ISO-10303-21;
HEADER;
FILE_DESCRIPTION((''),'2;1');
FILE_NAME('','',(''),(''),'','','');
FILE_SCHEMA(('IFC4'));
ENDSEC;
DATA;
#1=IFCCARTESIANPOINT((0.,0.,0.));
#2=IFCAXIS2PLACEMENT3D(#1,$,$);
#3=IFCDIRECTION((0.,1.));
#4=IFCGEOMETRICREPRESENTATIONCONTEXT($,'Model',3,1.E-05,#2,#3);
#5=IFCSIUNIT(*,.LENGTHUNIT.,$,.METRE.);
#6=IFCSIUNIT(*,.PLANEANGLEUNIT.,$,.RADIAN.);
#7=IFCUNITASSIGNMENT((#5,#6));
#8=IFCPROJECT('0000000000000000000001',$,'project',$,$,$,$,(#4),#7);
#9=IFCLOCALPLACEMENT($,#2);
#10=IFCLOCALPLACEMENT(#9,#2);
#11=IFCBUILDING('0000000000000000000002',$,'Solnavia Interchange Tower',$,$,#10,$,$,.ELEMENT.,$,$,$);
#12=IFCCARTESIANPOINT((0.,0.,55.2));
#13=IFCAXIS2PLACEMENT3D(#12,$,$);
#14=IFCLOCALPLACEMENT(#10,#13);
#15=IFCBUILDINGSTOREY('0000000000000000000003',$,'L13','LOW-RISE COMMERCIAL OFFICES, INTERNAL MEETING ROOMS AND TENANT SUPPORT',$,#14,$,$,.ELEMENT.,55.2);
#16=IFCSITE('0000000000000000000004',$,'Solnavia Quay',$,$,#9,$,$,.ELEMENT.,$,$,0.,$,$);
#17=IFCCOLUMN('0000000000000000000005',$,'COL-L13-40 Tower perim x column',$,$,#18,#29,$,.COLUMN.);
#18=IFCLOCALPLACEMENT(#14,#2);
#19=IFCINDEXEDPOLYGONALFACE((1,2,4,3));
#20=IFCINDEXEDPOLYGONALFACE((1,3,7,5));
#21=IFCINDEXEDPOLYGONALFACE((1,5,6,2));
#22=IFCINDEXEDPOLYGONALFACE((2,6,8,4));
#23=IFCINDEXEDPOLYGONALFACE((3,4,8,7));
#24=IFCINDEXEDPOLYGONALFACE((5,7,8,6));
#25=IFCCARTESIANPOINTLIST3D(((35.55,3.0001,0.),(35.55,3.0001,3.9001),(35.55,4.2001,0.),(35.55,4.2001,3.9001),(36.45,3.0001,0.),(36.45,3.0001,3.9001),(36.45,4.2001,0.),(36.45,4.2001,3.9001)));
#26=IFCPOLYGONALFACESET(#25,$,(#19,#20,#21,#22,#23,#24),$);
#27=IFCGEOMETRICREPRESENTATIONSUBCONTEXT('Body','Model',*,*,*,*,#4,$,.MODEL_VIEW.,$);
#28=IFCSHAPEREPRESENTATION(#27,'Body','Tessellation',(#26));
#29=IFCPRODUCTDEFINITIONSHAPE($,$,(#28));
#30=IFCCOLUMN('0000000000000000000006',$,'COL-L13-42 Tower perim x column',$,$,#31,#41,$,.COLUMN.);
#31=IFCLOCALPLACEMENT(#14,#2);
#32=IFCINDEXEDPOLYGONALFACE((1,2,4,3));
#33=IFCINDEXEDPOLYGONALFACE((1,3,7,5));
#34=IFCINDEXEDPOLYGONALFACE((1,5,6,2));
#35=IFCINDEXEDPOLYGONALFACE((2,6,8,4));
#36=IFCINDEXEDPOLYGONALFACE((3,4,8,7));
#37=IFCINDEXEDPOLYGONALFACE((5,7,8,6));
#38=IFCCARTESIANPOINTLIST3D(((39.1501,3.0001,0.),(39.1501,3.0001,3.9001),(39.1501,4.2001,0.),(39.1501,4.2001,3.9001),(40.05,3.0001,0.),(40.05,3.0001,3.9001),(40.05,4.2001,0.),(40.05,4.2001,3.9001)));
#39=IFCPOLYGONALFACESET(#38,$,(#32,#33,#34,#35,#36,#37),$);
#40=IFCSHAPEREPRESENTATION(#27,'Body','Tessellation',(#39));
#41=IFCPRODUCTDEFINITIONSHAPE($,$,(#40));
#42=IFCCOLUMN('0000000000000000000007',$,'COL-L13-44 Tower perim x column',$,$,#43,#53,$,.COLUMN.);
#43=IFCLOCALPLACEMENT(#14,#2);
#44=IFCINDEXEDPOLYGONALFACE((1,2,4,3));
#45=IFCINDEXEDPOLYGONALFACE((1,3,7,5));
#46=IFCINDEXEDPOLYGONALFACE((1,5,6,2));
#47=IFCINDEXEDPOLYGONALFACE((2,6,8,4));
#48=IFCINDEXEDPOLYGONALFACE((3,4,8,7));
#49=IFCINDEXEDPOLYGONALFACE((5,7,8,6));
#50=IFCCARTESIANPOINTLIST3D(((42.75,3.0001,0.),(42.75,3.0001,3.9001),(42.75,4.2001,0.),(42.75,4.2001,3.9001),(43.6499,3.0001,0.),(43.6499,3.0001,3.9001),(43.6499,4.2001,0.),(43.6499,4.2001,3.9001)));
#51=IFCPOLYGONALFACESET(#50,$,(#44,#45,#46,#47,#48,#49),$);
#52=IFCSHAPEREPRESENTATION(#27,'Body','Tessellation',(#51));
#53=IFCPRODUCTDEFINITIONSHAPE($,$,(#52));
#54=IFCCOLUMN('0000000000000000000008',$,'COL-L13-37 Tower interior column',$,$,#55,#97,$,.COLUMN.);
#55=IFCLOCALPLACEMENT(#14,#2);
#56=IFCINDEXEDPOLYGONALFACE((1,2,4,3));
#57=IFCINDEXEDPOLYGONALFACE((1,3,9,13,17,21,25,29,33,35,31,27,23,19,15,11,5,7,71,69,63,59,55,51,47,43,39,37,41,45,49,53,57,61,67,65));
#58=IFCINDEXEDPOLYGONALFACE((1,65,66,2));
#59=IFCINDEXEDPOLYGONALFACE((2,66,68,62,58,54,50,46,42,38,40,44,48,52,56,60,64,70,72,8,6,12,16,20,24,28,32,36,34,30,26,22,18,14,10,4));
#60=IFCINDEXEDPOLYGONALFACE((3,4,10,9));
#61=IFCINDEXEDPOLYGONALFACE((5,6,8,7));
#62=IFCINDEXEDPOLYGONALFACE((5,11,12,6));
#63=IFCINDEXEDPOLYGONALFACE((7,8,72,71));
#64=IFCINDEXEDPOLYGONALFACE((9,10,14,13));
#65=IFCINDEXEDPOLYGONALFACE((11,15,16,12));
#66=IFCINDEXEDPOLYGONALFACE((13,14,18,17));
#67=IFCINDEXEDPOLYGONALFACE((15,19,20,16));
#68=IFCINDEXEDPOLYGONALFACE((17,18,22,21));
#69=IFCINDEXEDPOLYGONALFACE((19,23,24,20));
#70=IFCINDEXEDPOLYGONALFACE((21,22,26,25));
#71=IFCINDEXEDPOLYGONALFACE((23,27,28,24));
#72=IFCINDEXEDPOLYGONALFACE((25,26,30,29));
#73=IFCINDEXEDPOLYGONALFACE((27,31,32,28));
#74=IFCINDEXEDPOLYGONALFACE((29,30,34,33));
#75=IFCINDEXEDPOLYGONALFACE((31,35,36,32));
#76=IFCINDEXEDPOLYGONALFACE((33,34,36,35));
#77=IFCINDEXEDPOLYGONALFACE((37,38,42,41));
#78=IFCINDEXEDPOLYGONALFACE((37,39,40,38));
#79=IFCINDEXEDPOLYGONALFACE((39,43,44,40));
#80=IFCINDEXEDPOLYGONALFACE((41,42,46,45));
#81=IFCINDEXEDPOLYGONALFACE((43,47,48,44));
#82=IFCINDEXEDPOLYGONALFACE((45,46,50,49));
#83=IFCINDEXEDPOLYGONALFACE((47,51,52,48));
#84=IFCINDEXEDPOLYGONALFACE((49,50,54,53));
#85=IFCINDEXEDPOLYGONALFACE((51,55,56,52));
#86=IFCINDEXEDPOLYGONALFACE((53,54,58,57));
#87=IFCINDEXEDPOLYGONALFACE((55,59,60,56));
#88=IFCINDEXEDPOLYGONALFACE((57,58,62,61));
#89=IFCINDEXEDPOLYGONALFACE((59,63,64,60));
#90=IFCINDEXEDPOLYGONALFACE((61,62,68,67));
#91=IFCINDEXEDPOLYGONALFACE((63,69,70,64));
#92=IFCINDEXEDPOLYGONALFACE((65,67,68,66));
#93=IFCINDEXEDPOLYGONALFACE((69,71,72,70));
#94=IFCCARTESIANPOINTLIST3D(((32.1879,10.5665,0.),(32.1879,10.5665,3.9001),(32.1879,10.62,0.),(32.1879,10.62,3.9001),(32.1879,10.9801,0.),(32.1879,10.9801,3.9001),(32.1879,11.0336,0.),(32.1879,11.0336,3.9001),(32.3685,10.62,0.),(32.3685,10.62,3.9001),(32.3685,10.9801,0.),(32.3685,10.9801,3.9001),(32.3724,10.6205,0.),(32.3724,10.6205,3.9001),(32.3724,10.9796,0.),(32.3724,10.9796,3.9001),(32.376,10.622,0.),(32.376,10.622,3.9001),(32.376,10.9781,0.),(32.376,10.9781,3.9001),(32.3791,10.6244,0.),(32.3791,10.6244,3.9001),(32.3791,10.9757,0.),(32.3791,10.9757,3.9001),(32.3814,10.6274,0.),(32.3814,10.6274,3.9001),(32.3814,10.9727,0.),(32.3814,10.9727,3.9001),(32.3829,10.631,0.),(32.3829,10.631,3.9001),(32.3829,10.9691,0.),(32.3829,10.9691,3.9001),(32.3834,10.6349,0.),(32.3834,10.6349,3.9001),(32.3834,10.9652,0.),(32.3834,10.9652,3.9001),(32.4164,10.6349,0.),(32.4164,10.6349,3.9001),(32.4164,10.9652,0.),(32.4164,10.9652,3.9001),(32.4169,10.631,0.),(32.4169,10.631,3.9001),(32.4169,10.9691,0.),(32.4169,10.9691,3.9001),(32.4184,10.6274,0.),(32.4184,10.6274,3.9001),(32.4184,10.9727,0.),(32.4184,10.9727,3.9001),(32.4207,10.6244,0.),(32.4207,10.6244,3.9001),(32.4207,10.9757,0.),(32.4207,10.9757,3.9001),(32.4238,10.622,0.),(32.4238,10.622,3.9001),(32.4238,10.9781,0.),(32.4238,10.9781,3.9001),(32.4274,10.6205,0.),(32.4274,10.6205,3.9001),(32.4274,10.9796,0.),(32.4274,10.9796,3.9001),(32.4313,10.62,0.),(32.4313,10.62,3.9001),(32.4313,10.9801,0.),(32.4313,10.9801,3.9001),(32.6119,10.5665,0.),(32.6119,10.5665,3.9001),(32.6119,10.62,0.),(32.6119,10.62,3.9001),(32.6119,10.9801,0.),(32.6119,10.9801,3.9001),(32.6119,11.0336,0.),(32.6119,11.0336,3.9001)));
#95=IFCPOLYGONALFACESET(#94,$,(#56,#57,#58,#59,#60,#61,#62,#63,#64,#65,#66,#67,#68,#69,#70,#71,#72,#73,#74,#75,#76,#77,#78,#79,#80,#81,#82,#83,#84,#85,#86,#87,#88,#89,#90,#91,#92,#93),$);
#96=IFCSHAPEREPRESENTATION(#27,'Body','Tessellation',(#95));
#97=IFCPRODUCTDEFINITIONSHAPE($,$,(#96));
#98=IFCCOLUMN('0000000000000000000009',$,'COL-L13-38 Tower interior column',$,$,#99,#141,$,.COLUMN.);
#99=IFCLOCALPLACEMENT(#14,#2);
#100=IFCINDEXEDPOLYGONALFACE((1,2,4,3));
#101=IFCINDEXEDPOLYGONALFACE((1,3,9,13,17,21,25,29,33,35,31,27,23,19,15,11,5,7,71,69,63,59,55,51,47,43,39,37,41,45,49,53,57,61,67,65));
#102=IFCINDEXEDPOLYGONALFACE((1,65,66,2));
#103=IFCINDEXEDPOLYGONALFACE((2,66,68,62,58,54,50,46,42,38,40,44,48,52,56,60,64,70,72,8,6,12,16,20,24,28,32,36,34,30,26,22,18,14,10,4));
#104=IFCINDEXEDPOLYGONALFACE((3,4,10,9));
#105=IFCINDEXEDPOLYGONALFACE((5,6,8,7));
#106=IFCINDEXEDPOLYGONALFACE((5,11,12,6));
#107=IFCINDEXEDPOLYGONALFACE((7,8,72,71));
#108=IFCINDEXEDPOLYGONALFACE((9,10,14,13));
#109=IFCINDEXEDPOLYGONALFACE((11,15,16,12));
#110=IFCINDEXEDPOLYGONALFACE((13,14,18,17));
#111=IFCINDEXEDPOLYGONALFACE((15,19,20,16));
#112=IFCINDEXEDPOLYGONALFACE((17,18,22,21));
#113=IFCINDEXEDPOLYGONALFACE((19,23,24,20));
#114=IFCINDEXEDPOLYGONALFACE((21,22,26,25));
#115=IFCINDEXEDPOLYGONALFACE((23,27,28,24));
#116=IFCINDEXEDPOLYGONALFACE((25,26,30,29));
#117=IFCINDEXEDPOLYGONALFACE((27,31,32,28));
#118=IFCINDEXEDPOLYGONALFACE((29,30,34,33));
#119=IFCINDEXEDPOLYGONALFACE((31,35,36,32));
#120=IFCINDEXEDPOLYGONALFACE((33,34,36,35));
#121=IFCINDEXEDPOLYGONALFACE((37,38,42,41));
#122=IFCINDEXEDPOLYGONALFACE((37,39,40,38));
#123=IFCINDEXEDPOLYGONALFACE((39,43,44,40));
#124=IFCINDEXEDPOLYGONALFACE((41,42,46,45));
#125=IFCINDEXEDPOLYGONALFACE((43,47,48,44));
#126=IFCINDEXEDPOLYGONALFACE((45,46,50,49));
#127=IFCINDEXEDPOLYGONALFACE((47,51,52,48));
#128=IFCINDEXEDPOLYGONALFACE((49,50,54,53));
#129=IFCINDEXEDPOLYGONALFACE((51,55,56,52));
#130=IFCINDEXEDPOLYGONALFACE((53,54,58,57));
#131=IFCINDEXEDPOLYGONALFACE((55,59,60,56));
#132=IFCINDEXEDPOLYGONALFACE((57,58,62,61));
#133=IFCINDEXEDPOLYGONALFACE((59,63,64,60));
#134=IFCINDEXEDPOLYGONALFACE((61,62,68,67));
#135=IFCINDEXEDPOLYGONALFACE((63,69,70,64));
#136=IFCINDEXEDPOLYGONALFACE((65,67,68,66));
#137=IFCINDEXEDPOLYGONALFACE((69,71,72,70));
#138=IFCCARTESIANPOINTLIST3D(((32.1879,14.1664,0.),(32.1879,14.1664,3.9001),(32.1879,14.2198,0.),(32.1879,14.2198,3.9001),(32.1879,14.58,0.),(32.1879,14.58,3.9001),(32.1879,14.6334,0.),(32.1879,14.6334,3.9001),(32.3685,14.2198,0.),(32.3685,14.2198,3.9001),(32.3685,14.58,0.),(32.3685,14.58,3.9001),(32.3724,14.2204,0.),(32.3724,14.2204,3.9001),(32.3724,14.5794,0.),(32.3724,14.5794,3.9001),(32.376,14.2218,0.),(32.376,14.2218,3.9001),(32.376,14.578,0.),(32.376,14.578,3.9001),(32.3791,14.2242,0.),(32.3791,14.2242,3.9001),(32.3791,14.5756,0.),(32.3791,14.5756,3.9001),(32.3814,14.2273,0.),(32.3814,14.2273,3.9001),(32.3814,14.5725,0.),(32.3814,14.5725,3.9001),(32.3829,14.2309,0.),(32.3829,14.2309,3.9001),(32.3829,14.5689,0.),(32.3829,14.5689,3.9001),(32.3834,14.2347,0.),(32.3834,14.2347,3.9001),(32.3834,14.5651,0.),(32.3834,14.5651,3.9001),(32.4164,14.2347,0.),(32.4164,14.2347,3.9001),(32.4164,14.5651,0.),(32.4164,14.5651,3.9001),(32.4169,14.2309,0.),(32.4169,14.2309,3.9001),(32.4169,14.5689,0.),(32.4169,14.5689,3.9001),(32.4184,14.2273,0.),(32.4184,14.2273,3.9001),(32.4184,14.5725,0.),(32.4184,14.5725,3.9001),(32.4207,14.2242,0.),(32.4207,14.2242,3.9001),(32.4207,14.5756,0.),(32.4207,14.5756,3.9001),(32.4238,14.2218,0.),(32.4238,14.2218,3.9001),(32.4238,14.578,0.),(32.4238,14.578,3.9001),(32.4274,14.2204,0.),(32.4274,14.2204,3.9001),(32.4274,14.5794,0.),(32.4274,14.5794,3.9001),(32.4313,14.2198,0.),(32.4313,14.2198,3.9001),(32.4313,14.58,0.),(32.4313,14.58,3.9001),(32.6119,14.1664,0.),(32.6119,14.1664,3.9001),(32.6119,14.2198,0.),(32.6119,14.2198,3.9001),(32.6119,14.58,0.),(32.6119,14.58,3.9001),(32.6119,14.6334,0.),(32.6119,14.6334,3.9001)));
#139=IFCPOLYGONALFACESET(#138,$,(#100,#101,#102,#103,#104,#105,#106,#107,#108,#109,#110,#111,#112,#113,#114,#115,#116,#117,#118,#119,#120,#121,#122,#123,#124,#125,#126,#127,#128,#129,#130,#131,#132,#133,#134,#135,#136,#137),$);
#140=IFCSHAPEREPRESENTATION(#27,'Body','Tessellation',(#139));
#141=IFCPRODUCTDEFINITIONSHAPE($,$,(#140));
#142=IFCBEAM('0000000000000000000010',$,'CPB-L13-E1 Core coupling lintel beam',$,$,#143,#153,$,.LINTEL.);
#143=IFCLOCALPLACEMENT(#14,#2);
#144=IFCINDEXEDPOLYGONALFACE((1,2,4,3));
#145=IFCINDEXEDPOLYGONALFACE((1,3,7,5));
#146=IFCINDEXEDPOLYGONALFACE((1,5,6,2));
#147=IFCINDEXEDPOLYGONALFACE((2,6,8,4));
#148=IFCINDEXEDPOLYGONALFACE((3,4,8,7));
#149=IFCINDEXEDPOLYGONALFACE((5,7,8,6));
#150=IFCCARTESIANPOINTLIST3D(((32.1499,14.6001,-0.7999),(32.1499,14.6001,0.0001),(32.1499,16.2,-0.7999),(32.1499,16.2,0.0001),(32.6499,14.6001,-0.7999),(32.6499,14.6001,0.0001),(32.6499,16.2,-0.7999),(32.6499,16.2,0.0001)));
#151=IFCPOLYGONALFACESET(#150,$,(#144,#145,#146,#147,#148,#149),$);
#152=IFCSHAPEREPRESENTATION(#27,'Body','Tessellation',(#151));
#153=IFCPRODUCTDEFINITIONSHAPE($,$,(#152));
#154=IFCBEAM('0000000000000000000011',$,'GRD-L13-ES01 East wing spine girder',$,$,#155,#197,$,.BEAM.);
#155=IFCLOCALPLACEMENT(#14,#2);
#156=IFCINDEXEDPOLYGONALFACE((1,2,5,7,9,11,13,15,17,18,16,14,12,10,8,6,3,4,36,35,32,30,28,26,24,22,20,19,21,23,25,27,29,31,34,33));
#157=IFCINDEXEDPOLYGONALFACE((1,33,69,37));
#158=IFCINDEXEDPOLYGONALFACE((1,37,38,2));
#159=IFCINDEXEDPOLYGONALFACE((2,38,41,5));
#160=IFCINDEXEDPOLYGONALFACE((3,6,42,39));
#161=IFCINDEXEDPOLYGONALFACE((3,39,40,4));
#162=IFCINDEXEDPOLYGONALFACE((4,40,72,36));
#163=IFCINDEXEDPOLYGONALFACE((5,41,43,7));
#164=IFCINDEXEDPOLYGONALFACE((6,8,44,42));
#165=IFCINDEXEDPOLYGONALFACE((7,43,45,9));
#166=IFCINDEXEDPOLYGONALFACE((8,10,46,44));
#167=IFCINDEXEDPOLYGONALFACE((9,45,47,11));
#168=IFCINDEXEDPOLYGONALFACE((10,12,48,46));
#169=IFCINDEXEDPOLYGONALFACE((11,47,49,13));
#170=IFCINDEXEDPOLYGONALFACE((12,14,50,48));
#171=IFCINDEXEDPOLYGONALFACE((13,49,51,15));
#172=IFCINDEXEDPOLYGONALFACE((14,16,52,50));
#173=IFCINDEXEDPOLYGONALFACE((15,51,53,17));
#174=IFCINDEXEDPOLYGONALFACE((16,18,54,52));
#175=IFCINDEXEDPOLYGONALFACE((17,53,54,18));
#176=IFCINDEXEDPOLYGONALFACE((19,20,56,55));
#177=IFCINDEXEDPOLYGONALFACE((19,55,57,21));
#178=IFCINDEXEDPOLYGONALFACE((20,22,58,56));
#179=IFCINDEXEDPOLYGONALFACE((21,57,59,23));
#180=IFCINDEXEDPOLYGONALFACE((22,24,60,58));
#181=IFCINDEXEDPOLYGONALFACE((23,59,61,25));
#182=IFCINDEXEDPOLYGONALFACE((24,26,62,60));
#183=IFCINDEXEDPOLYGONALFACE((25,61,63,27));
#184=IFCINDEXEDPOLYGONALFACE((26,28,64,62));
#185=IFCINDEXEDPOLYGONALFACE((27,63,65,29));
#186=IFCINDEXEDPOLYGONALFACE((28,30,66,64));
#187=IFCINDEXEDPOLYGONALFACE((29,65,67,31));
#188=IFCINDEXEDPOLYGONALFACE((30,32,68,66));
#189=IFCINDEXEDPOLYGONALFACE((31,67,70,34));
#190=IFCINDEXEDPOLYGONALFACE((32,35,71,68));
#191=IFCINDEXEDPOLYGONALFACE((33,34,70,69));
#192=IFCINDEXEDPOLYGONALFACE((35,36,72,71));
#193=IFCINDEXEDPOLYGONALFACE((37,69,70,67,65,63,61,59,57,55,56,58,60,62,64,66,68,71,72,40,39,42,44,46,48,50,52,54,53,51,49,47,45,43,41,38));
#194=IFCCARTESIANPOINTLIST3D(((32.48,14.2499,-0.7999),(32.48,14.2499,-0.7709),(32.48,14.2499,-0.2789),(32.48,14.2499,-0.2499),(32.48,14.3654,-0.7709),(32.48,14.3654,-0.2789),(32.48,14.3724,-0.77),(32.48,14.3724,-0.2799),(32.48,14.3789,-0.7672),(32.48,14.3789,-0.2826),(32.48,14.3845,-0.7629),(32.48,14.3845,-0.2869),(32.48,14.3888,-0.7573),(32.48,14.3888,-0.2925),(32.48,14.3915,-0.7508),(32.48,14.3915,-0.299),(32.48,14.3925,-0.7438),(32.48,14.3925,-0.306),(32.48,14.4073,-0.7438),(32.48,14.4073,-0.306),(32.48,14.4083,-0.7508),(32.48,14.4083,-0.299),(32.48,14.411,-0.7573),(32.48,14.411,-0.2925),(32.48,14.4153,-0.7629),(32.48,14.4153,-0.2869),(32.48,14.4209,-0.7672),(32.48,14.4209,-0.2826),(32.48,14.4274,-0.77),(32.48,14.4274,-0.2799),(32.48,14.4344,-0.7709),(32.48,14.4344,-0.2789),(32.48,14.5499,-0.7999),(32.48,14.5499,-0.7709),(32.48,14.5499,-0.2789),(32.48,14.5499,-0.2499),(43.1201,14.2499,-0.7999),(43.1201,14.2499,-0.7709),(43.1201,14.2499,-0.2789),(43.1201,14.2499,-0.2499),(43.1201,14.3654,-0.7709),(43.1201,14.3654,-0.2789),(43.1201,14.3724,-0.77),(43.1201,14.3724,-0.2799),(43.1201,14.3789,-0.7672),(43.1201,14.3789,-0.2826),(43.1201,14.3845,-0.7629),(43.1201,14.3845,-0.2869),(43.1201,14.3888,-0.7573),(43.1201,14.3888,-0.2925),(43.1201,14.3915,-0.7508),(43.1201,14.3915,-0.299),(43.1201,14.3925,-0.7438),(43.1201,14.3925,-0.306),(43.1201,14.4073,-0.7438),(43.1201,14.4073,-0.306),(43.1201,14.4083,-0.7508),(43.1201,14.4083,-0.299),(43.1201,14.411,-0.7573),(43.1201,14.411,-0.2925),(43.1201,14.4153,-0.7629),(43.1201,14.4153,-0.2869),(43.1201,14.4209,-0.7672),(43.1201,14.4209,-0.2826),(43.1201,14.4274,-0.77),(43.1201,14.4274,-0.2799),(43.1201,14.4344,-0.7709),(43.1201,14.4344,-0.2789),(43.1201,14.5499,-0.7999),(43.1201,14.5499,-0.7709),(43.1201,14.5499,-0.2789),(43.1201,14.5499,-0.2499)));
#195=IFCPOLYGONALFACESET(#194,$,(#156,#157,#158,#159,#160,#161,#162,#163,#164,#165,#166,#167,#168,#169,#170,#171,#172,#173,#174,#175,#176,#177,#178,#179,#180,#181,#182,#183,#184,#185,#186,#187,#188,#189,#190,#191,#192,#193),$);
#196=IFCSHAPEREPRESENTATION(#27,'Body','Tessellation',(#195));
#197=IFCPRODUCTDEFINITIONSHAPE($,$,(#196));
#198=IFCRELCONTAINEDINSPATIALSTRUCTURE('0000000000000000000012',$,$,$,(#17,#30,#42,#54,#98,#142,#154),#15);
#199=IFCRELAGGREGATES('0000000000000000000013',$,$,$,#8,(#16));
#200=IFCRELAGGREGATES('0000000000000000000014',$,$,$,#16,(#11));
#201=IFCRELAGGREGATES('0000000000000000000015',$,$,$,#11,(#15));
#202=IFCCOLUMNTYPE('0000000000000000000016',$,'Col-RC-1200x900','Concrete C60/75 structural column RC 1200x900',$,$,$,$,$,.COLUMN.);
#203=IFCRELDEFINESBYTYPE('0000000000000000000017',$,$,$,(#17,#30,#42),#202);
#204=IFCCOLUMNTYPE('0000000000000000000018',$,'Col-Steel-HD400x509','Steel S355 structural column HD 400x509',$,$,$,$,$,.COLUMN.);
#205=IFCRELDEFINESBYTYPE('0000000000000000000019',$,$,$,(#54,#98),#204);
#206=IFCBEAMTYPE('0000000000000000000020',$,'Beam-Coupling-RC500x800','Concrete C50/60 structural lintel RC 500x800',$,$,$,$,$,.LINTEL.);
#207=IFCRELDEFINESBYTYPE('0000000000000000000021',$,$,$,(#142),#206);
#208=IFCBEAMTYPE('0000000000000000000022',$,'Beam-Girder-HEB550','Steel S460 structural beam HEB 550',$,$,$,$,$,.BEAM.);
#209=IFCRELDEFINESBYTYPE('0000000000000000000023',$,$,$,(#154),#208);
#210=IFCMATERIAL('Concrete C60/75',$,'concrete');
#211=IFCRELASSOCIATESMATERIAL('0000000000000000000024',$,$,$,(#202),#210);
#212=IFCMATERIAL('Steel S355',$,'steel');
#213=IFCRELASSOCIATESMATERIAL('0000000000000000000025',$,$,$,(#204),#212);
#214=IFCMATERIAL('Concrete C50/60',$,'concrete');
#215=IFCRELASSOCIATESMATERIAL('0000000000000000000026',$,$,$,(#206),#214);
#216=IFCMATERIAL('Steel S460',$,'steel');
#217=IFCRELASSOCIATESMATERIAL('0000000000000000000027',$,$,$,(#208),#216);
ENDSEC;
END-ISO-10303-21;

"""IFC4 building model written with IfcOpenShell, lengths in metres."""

from ifc_helpers import new_model, si_unit, direction, frame, origin, origin_2d, place, context, subcontext, project, spatial, rectangle, i_section, extrude, material, material_profile, profile_set, type_object, element, save


model = new_model("IFC4")

# Units and contexts
model_context = context("Model", 3, precision=1e-05, world=origin(), true_north=direction((0.0, 1.0)))
body_context = subcontext(model_context, "Body", "Model", "MODEL_VIEW")
ifc_project = project(units=[si_unit("LENGTHUNIT", "METRE"), si_unit("PLANEANGLEUNIT", "RADIAN")], contexts=[model_context])

# Site, building, storey
site_placement = place(None, origin())
site = spatial("IfcSite", under=ifc_project, at=site_placement, Name="Solnavia Quay", CompositionType="ELEMENT", RefElevation=0.0)
building_placement = place(site_placement, origin())
building = spatial("IfcBuilding", under=site, at=building_placement, Name="Solnavia Interchange Tower", CompositionType="ELEMENT")
storey_placement = place(building_placement, frame((0.0, 0.0, 55.2)))
storey = spatial("IfcBuildingStorey", under=building, at=storey_placement, Name="L13", Description="LOW-RISE COMMERCIAL OFFICES, INTERNAL MEETING ROOMS AND TENANT SUPPORT", CompositionType="ELEMENT", Elevation=55.2)

# Columns
ifc_material_1 = material(Name="Concrete C60/75", Category="concrete")
ifc_material_profile_1 = material_profile(ifc_material_1, rectangle(XDim=0.8999, YDim=1.2, at=origin_2d()), Name="RC 1200x900")
ifc_profile_set_1 = profile_set([ifc_material_profile_1], Name="Concrete C60/75")
column_type_1 = type_object("IfcColumnType", Name="Col-RC-1200x900", Description="Concrete C60/75 structural column RC 1200x900", PredefinedType="COLUMN", material=ifc_profile_set_1)
for number, where, z_axis, x_axis, name in (
    (1, (36.0, 3.6001, 0.0), (0.0, 0.0, 1.0), (1.0, 0.0, 0.0), "COL-L13-40 Tower perim x column"),
    (2, (39.6001, 3.6001, 0.0), (0.0, 0.0, 1.0), (1.0, 0.0, 0.0), "COL-L13-42 Tower perim x column"),
    (3, (43.2, 3.6001, 0.0), (0.0, 0.0, 1.0), (1.0, 0.0, 0.0), "COL-L13-44 Tower perim x column"),
):
    element("IfcColumn", number, at=place(storey_placement, frame(where, z_axis=z_axis, x_axis=x_axis)), inside=storey, type_object=column_type_1, Name=name, PredefinedType="COLUMN", context=body_context, shape_type="SweptSolid", body=[
        extrude(rectangle(XDim=0.8999, YDim=1.2, at=origin_2d()), origin(), (0.0, 0.0, 1.0), 3.9001),
    ])
ifc_material_2 = material(Name="Steel S355", Category="steel")
ifc_material_profile_2 = material_profile(ifc_material_2, i_section(OverallWidth=0.4241, OverallDepth=0.467, WebThickness=0.033, FlangeThickness=0.0535, FilletRadius=0.0149, at=origin_2d()), Name="HD 400x509")
ifc_profile_set_2 = profile_set([ifc_material_profile_2], Name="Steel S355")
column_type_2 = type_object("IfcColumnType", Name="Col-Steel-HD400x509", Description="Steel S355 structural column HD 400x509", PredefinedType="COLUMN", material=ifc_profile_set_2)
for number, where, z_axis, x_axis, name in (
    (4, (32.3999, 10.8, 0.0), (0.0, 0.0, 1.0), (1.0, 0.0, 0.0), "COL-L13-37 Tower interior column"),
    (5, (32.3999, 14.3999, 0.0), (0.0, 0.0, 1.0), (1.0, 0.0, 0.0), "COL-L13-38 Tower interior column"),
):
    element("IfcColumn", number, at=place(storey_placement, frame(where, z_axis=z_axis, x_axis=x_axis)), inside=storey, type_object=column_type_2, Name=name, PredefinedType="COLUMN", context=body_context, shape_type="SweptSolid", body=[
        extrude(i_section(OverallWidth=0.4241, OverallDepth=0.467, WebThickness=0.033, FlangeThickness=0.0535, FilletRadius=0.0149, at=origin_2d()), origin(), (0.0, 0.0, 1.0), 3.9001),
    ])

# Beams
ifc_material_3 = material(Name="Concrete C50/60", Category="concrete")
ifc_material_profile_3 = material_profile(ifc_material_3, rectangle(XDim=0.5, YDim=0.8, at=origin_2d()), Name="RC 500x800")
ifc_profile_set_3 = profile_set([ifc_material_profile_3], Name="Concrete C50/60")
beam_type_1 = type_object("IfcBeamType", Name="Beam-Coupling-RC500x800", Description="Concrete C50/60 structural lintel RC 500x800", PredefinedType="LINTEL", material=ifc_profile_set_3)
beam_1_placement = place(storey_placement, frame((32.3999, 14.6001, -0.3999), z_axis=(0.0, 1.0, 0.0), x_axis=(-1.0, 0.0, 0.0)))
element("IfcBeam", 6, at=beam_1_placement, inside=storey, type_object=beam_type_1, Name="CPB-L13-E1 Core coupling lintel beam", PredefinedType="LINTEL", context=body_context, shape_type="SweptSolid", body=[
    extrude(rectangle(XDim=0.5, YDim=0.8, at=origin_2d()), origin(), (0.0, 0.0, 1.0), 1.5999),
])
ifc_material_4 = material(Name="Steel S460", Category="steel")
ifc_material_profile_4 = material_profile(ifc_material_4, i_section(OverallWidth=0.3, OverallDepth=0.55, WebThickness=0.0149, FlangeThickness=0.0291, FilletRadius=0.0271, at=origin_2d()), Name="HEB 550")
ifc_profile_set_4 = profile_set([ifc_material_profile_4], Name="Steel S460")
beam_type_2 = type_object("IfcBeamType", Name="Beam-Girder-HEB550", Description="Steel S460 structural beam HEB 550", PredefinedType="BEAM", material=ifc_profile_set_4)
beam_2_placement = place(storey_placement, frame((32.48, 14.3999, -0.5249), z_axis=(1.0, 0.0, 0.0), x_axis=(0.0, 1.0, 0.0)))
element("IfcBeam", 7, at=beam_2_placement, inside=storey, type_object=beam_type_2, Name="GRD-L13-ES01 East wing spine girder", PredefinedType="BEAM", context=body_context, shape_type="SweptSolid", body=[
    extrude(i_section(OverallWidth=0.3, OverallDepth=0.55, WebThickness=0.0149, FlangeThickness=0.0291, FilletRadius=0.0271, at=origin_2d()), origin(), (0.0, 0.0, 1.0), 10.6401),
])

save(model, "model.ifc")
